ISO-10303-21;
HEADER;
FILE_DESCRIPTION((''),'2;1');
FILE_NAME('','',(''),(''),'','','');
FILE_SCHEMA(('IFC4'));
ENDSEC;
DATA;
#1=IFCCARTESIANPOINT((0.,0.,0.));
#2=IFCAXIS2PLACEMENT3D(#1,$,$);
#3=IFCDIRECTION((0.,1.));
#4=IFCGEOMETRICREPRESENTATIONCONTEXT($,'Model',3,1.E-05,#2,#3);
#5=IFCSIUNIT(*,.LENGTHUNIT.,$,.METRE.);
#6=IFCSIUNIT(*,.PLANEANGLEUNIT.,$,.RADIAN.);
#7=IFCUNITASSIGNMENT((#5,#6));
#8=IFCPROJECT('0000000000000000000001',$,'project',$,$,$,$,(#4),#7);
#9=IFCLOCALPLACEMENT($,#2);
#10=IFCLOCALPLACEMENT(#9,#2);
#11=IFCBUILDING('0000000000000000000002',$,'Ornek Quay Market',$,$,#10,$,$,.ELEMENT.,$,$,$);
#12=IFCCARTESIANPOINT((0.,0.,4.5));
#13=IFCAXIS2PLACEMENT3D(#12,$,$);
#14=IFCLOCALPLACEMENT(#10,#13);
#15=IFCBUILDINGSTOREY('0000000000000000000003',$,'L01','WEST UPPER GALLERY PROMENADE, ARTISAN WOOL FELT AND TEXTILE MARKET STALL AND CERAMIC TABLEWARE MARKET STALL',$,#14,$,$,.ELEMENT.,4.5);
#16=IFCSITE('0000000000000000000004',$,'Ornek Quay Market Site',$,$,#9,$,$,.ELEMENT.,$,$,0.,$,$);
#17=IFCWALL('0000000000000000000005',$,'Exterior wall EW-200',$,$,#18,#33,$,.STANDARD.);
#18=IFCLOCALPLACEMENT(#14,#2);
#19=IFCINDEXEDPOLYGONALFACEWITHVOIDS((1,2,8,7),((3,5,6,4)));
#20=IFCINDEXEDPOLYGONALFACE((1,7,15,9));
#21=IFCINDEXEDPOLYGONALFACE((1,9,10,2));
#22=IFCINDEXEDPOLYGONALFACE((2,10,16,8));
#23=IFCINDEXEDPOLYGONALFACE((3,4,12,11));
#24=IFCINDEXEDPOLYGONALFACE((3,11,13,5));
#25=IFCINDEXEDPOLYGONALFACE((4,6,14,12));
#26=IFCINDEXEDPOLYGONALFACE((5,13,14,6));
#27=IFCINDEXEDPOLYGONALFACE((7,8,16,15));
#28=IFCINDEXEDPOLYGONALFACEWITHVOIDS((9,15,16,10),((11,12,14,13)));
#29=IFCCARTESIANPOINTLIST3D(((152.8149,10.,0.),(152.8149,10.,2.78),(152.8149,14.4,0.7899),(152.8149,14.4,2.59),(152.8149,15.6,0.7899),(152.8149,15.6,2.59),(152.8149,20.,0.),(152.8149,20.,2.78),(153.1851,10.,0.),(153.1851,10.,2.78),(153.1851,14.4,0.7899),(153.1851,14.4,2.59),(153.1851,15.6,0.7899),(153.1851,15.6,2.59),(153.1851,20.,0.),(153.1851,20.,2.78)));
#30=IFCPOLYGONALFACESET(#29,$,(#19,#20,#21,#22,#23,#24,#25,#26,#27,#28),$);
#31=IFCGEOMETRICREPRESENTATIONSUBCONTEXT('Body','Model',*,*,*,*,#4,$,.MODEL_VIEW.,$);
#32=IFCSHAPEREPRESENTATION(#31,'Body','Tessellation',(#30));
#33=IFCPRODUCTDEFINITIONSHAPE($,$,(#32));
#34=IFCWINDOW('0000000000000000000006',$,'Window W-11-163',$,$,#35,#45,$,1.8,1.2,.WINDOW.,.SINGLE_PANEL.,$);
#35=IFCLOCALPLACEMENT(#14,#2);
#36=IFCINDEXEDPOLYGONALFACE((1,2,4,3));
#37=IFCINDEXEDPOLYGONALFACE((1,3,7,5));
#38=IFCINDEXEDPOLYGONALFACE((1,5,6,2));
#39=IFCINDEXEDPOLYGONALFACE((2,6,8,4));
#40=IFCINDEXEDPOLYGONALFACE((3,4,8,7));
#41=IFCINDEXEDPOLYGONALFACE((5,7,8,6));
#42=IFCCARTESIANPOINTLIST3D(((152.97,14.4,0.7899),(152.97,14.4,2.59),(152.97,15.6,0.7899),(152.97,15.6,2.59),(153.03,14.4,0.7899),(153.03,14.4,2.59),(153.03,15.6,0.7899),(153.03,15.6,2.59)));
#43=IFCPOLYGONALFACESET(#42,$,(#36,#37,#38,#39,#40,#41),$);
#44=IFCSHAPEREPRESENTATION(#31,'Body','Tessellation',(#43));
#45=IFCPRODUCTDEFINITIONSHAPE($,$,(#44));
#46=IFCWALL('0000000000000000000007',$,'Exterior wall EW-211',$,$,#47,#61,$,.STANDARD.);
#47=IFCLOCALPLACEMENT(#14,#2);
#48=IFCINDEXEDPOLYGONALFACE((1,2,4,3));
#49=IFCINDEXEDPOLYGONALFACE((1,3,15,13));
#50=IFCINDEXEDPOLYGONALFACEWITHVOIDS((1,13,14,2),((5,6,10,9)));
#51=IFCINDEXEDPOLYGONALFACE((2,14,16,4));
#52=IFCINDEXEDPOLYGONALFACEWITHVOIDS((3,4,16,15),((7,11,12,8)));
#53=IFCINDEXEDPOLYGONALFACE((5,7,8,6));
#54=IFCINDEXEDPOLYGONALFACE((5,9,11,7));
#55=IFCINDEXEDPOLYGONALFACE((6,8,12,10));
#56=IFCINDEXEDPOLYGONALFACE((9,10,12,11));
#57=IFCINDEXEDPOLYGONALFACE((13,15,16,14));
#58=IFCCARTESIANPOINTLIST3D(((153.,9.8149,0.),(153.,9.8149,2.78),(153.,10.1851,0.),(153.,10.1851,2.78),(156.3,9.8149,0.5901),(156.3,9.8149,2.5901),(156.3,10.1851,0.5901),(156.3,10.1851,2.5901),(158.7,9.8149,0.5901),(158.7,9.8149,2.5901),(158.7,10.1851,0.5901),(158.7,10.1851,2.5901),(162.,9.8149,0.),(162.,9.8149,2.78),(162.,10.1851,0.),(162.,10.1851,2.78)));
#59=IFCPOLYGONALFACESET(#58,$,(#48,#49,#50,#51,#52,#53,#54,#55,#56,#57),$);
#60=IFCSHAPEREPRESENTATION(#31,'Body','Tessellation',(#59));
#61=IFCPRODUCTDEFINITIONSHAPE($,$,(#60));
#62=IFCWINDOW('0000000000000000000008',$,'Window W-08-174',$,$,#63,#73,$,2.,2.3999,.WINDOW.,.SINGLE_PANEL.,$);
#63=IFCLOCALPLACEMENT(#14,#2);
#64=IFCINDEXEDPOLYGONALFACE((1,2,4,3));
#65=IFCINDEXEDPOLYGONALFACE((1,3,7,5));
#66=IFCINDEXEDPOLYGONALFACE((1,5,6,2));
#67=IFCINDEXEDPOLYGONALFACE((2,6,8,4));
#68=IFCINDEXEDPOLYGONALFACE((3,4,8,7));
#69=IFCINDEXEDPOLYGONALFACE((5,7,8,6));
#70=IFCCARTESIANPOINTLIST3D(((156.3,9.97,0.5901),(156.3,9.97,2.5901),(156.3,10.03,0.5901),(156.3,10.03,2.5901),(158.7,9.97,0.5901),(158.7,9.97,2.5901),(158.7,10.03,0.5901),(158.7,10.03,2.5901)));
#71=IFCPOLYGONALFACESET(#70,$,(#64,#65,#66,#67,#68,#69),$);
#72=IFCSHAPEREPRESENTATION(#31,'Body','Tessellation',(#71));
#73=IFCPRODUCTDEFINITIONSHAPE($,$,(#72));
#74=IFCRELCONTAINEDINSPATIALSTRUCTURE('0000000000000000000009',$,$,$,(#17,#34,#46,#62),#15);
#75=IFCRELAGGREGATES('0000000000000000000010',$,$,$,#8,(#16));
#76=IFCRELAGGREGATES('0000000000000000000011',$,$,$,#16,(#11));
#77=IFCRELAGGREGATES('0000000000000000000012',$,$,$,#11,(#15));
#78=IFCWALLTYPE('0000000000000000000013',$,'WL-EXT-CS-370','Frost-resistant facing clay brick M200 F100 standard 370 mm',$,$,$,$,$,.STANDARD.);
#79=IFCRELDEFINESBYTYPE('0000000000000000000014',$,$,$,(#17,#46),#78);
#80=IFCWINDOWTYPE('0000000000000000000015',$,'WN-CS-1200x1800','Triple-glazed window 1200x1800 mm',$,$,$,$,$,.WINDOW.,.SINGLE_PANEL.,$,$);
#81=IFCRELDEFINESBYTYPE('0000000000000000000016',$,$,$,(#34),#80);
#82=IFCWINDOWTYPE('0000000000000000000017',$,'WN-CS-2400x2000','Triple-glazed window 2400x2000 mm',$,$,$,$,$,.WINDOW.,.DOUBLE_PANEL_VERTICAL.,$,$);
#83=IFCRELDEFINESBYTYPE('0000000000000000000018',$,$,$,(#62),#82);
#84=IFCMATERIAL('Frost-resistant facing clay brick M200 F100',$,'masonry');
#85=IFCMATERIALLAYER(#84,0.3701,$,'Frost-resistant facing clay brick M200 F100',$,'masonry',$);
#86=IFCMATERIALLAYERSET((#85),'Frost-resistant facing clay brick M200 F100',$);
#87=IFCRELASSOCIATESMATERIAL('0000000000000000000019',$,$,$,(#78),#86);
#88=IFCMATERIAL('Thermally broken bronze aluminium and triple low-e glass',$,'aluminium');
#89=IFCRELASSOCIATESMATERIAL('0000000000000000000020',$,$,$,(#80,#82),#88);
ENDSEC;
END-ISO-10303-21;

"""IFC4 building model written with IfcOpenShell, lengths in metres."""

from ifc_helpers import new_model, si_unit, direction, frame, frame_2d, origin, place, context, subcontext, project, spatial, rectangle, extrude, material, layer, layer_set, type_object, element, fill, save


model = new_model("IFC4")

# Units and contexts
model_context = context("Model", 3, precision=1e-05, world=origin(), true_north=direction((0.0, 1.0)))
body_context = subcontext(model_context, "Body", "Model", "MODEL_VIEW")
ifc_project = project(units=[si_unit("LENGTHUNIT", "METRE"), si_unit("PLANEANGLEUNIT", "RADIAN")], contexts=[model_context])

# Site, building, storey
site_placement = place(None, origin())
site = spatial("IfcSite", under=ifc_project, at=site_placement, Name="Ornek Quay Market Site", CompositionType="ELEMENT", RefElevation=0.0)
building_placement = place(site_placement, origin())
building = spatial("IfcBuilding", under=site, at=building_placement, Name="Ornek Quay Market", CompositionType="ELEMENT")
storey_placement = place(building_placement, frame((0.0, 0.0, 4.5)))
storey = spatial("IfcBuildingStorey", under=building, at=storey_placement, Name="L01", Description="WEST UPPER GALLERY PROMENADE, ARTISAN WOOL FELT AND TEXTILE MARKET STALL AND CERAMIC TABLEWARE MARKET STALL", CompositionType="ELEMENT", Elevation=4.5)

# Walls, openings, windows
ifc_material_1 = material(Name="Frost-resistant facing clay brick M200 F100", Category="masonry")
ifc_layer_1 = layer(ifc_material_1, 0.3701, Name="Frost-resistant facing clay brick M200 F100", Category="masonry")
ifc_layer_set_1 = layer_set([ifc_layer_1], Name="Frost-resistant facing clay brick M200 F100")
wall_type = type_object("IfcWallType", Name="WL-EXT-CS-370", Description="Frost-resistant facing clay brick M200 F100 standard 370 mm", PredefinedType="STANDARD", material=ifc_layer_set_1)
wall_1_placement = place(storey_placement, frame((153.0, 10.0, 0.0), z_axis=(0.0, 0.0, 1.0), x_axis=(0.0, 1.0, 0.0)))
wall_1 = element("IfcWall", 1, at=wall_1_placement, inside=storey, type_object=wall_type, Name="Exterior wall EW-200", PredefinedType="STANDARD", context=body_context, shape_type="SweptSolid", body=[
    extrude(rectangle(XDim=10.0, YDim=0.3701, at=frame_2d((5.0, 0.0))), origin(), (0.0, 0.0, 1.0), 2.78),
])
opening_1_placement = place(wall_1_placement, frame((4.3999, 0.0, 0.79)))
opening_1 = element("IfcOpeningElement", 2, at=opening_1_placement, cuts=wall_1, PredefinedType="OPENING", context=body_context, shape_type="SweptSolid", body=[
    extrude(rectangle(XDim=1.2, YDim=1.8, at=frame_2d((0.6001, 0.8999))), frame((0.0, 0.1951, 0.0), z_axis=(0.0, -1.0, 0.0), x_axis=(1.0, 0.0, 0.0)), (0.0, 0.0, 1.0), 0.3901),
])
ifc_material_2 = material(Name="Thermally broken bronze aluminium and triple low-e glass", Category="aluminium")
window_type_1 = type_object("IfcWindowType", Name="WN-CS-1200x1800", Description="Triple-glazed window 1200x1800 mm", PartitioningType="SINGLE_PANEL", PredefinedType="WINDOW", material=ifc_material_2)
window_1_placement = place(opening_1_placement, origin())
window_1 = element("IfcWindow", 3, at=window_1_placement, inside=storey, type_object=window_type_1, Name="Window W-11-163", OverallHeight=1.8, OverallWidth=1.2, PartitioningType="SINGLE_PANEL", PredefinedType="WINDOW", context=body_context, shape_type="SweptSolid", body=[
    extrude(rectangle(XDim=1.2, YDim=1.8, at=frame_2d((0.6001, 0.8999))), frame((0.0, 0.03, 0.0), z_axis=(0.0, -1.0, 0.0), x_axis=(1.0, 0.0, 0.0)), (0.0, 0.0, 1.0), 0.0601),
])
fill(opening_1, window_1)
wall_2_placement = place(storey_placement, frame((153.0, 10.0, 0.0), z_axis=(0.0, 0.0, 1.0), x_axis=(1.0, 0.0, 0.0)))
wall_2 = element("IfcWall", 4, at=wall_2_placement, inside=storey, type_object=wall_type, Name="Exterior wall EW-211", PredefinedType="STANDARD", context=body_context, shape_type="SweptSolid", body=[
    extrude(rectangle(XDim=9.0, YDim=0.3701, at=frame_2d((4.5, 0.0))), origin(), (0.0, 0.0, 1.0), 2.78),
])
opening_2_placement = place(wall_2_placement, frame((3.3, 0.0, 0.5901)))
opening_2 = element("IfcOpeningElement", 5, at=opening_2_placement, cuts=wall_2, PredefinedType="OPENING", context=body_context, shape_type="SweptSolid", body=[
    extrude(rectangle(XDim=2.3999, YDim=2.0, at=frame_2d((1.2, 1.0))), frame((0.0, 0.1951, 0.0), z_axis=(0.0, -1.0, 0.0), x_axis=(1.0, 0.0, 0.0)), (0.0, 0.0, 1.0), 0.3901),
])
window_type_2 = type_object("IfcWindowType", Name="WN-CS-2400x2000", Description="Triple-glazed window 2400x2000 mm", PartitioningType="DOUBLE_PANEL_VERTICAL", PredefinedType="WINDOW", material=ifc_material_2)
window_2_placement = place(opening_2_placement, origin())
window_2 = element("IfcWindow", 6, at=window_2_placement, inside=storey, type_object=window_type_2, Name="Window W-08-174", OverallHeight=2.0, OverallWidth=2.3999, PartitioningType="SINGLE_PANEL", PredefinedType="WINDOW", context=body_context, shape_type="SweptSolid", body=[
    extrude(rectangle(XDim=2.3999, YDim=2.0, at=frame_2d((1.2, 1.0))), frame((0.0, 0.03, 0.0), z_axis=(0.0, -1.0, 0.0), x_axis=(1.0, 0.0, 0.0)), (0.0, 0.0, 1.0), 0.0601),
])
fill(opening_2, window_2)

save(model, "model.ifc")
